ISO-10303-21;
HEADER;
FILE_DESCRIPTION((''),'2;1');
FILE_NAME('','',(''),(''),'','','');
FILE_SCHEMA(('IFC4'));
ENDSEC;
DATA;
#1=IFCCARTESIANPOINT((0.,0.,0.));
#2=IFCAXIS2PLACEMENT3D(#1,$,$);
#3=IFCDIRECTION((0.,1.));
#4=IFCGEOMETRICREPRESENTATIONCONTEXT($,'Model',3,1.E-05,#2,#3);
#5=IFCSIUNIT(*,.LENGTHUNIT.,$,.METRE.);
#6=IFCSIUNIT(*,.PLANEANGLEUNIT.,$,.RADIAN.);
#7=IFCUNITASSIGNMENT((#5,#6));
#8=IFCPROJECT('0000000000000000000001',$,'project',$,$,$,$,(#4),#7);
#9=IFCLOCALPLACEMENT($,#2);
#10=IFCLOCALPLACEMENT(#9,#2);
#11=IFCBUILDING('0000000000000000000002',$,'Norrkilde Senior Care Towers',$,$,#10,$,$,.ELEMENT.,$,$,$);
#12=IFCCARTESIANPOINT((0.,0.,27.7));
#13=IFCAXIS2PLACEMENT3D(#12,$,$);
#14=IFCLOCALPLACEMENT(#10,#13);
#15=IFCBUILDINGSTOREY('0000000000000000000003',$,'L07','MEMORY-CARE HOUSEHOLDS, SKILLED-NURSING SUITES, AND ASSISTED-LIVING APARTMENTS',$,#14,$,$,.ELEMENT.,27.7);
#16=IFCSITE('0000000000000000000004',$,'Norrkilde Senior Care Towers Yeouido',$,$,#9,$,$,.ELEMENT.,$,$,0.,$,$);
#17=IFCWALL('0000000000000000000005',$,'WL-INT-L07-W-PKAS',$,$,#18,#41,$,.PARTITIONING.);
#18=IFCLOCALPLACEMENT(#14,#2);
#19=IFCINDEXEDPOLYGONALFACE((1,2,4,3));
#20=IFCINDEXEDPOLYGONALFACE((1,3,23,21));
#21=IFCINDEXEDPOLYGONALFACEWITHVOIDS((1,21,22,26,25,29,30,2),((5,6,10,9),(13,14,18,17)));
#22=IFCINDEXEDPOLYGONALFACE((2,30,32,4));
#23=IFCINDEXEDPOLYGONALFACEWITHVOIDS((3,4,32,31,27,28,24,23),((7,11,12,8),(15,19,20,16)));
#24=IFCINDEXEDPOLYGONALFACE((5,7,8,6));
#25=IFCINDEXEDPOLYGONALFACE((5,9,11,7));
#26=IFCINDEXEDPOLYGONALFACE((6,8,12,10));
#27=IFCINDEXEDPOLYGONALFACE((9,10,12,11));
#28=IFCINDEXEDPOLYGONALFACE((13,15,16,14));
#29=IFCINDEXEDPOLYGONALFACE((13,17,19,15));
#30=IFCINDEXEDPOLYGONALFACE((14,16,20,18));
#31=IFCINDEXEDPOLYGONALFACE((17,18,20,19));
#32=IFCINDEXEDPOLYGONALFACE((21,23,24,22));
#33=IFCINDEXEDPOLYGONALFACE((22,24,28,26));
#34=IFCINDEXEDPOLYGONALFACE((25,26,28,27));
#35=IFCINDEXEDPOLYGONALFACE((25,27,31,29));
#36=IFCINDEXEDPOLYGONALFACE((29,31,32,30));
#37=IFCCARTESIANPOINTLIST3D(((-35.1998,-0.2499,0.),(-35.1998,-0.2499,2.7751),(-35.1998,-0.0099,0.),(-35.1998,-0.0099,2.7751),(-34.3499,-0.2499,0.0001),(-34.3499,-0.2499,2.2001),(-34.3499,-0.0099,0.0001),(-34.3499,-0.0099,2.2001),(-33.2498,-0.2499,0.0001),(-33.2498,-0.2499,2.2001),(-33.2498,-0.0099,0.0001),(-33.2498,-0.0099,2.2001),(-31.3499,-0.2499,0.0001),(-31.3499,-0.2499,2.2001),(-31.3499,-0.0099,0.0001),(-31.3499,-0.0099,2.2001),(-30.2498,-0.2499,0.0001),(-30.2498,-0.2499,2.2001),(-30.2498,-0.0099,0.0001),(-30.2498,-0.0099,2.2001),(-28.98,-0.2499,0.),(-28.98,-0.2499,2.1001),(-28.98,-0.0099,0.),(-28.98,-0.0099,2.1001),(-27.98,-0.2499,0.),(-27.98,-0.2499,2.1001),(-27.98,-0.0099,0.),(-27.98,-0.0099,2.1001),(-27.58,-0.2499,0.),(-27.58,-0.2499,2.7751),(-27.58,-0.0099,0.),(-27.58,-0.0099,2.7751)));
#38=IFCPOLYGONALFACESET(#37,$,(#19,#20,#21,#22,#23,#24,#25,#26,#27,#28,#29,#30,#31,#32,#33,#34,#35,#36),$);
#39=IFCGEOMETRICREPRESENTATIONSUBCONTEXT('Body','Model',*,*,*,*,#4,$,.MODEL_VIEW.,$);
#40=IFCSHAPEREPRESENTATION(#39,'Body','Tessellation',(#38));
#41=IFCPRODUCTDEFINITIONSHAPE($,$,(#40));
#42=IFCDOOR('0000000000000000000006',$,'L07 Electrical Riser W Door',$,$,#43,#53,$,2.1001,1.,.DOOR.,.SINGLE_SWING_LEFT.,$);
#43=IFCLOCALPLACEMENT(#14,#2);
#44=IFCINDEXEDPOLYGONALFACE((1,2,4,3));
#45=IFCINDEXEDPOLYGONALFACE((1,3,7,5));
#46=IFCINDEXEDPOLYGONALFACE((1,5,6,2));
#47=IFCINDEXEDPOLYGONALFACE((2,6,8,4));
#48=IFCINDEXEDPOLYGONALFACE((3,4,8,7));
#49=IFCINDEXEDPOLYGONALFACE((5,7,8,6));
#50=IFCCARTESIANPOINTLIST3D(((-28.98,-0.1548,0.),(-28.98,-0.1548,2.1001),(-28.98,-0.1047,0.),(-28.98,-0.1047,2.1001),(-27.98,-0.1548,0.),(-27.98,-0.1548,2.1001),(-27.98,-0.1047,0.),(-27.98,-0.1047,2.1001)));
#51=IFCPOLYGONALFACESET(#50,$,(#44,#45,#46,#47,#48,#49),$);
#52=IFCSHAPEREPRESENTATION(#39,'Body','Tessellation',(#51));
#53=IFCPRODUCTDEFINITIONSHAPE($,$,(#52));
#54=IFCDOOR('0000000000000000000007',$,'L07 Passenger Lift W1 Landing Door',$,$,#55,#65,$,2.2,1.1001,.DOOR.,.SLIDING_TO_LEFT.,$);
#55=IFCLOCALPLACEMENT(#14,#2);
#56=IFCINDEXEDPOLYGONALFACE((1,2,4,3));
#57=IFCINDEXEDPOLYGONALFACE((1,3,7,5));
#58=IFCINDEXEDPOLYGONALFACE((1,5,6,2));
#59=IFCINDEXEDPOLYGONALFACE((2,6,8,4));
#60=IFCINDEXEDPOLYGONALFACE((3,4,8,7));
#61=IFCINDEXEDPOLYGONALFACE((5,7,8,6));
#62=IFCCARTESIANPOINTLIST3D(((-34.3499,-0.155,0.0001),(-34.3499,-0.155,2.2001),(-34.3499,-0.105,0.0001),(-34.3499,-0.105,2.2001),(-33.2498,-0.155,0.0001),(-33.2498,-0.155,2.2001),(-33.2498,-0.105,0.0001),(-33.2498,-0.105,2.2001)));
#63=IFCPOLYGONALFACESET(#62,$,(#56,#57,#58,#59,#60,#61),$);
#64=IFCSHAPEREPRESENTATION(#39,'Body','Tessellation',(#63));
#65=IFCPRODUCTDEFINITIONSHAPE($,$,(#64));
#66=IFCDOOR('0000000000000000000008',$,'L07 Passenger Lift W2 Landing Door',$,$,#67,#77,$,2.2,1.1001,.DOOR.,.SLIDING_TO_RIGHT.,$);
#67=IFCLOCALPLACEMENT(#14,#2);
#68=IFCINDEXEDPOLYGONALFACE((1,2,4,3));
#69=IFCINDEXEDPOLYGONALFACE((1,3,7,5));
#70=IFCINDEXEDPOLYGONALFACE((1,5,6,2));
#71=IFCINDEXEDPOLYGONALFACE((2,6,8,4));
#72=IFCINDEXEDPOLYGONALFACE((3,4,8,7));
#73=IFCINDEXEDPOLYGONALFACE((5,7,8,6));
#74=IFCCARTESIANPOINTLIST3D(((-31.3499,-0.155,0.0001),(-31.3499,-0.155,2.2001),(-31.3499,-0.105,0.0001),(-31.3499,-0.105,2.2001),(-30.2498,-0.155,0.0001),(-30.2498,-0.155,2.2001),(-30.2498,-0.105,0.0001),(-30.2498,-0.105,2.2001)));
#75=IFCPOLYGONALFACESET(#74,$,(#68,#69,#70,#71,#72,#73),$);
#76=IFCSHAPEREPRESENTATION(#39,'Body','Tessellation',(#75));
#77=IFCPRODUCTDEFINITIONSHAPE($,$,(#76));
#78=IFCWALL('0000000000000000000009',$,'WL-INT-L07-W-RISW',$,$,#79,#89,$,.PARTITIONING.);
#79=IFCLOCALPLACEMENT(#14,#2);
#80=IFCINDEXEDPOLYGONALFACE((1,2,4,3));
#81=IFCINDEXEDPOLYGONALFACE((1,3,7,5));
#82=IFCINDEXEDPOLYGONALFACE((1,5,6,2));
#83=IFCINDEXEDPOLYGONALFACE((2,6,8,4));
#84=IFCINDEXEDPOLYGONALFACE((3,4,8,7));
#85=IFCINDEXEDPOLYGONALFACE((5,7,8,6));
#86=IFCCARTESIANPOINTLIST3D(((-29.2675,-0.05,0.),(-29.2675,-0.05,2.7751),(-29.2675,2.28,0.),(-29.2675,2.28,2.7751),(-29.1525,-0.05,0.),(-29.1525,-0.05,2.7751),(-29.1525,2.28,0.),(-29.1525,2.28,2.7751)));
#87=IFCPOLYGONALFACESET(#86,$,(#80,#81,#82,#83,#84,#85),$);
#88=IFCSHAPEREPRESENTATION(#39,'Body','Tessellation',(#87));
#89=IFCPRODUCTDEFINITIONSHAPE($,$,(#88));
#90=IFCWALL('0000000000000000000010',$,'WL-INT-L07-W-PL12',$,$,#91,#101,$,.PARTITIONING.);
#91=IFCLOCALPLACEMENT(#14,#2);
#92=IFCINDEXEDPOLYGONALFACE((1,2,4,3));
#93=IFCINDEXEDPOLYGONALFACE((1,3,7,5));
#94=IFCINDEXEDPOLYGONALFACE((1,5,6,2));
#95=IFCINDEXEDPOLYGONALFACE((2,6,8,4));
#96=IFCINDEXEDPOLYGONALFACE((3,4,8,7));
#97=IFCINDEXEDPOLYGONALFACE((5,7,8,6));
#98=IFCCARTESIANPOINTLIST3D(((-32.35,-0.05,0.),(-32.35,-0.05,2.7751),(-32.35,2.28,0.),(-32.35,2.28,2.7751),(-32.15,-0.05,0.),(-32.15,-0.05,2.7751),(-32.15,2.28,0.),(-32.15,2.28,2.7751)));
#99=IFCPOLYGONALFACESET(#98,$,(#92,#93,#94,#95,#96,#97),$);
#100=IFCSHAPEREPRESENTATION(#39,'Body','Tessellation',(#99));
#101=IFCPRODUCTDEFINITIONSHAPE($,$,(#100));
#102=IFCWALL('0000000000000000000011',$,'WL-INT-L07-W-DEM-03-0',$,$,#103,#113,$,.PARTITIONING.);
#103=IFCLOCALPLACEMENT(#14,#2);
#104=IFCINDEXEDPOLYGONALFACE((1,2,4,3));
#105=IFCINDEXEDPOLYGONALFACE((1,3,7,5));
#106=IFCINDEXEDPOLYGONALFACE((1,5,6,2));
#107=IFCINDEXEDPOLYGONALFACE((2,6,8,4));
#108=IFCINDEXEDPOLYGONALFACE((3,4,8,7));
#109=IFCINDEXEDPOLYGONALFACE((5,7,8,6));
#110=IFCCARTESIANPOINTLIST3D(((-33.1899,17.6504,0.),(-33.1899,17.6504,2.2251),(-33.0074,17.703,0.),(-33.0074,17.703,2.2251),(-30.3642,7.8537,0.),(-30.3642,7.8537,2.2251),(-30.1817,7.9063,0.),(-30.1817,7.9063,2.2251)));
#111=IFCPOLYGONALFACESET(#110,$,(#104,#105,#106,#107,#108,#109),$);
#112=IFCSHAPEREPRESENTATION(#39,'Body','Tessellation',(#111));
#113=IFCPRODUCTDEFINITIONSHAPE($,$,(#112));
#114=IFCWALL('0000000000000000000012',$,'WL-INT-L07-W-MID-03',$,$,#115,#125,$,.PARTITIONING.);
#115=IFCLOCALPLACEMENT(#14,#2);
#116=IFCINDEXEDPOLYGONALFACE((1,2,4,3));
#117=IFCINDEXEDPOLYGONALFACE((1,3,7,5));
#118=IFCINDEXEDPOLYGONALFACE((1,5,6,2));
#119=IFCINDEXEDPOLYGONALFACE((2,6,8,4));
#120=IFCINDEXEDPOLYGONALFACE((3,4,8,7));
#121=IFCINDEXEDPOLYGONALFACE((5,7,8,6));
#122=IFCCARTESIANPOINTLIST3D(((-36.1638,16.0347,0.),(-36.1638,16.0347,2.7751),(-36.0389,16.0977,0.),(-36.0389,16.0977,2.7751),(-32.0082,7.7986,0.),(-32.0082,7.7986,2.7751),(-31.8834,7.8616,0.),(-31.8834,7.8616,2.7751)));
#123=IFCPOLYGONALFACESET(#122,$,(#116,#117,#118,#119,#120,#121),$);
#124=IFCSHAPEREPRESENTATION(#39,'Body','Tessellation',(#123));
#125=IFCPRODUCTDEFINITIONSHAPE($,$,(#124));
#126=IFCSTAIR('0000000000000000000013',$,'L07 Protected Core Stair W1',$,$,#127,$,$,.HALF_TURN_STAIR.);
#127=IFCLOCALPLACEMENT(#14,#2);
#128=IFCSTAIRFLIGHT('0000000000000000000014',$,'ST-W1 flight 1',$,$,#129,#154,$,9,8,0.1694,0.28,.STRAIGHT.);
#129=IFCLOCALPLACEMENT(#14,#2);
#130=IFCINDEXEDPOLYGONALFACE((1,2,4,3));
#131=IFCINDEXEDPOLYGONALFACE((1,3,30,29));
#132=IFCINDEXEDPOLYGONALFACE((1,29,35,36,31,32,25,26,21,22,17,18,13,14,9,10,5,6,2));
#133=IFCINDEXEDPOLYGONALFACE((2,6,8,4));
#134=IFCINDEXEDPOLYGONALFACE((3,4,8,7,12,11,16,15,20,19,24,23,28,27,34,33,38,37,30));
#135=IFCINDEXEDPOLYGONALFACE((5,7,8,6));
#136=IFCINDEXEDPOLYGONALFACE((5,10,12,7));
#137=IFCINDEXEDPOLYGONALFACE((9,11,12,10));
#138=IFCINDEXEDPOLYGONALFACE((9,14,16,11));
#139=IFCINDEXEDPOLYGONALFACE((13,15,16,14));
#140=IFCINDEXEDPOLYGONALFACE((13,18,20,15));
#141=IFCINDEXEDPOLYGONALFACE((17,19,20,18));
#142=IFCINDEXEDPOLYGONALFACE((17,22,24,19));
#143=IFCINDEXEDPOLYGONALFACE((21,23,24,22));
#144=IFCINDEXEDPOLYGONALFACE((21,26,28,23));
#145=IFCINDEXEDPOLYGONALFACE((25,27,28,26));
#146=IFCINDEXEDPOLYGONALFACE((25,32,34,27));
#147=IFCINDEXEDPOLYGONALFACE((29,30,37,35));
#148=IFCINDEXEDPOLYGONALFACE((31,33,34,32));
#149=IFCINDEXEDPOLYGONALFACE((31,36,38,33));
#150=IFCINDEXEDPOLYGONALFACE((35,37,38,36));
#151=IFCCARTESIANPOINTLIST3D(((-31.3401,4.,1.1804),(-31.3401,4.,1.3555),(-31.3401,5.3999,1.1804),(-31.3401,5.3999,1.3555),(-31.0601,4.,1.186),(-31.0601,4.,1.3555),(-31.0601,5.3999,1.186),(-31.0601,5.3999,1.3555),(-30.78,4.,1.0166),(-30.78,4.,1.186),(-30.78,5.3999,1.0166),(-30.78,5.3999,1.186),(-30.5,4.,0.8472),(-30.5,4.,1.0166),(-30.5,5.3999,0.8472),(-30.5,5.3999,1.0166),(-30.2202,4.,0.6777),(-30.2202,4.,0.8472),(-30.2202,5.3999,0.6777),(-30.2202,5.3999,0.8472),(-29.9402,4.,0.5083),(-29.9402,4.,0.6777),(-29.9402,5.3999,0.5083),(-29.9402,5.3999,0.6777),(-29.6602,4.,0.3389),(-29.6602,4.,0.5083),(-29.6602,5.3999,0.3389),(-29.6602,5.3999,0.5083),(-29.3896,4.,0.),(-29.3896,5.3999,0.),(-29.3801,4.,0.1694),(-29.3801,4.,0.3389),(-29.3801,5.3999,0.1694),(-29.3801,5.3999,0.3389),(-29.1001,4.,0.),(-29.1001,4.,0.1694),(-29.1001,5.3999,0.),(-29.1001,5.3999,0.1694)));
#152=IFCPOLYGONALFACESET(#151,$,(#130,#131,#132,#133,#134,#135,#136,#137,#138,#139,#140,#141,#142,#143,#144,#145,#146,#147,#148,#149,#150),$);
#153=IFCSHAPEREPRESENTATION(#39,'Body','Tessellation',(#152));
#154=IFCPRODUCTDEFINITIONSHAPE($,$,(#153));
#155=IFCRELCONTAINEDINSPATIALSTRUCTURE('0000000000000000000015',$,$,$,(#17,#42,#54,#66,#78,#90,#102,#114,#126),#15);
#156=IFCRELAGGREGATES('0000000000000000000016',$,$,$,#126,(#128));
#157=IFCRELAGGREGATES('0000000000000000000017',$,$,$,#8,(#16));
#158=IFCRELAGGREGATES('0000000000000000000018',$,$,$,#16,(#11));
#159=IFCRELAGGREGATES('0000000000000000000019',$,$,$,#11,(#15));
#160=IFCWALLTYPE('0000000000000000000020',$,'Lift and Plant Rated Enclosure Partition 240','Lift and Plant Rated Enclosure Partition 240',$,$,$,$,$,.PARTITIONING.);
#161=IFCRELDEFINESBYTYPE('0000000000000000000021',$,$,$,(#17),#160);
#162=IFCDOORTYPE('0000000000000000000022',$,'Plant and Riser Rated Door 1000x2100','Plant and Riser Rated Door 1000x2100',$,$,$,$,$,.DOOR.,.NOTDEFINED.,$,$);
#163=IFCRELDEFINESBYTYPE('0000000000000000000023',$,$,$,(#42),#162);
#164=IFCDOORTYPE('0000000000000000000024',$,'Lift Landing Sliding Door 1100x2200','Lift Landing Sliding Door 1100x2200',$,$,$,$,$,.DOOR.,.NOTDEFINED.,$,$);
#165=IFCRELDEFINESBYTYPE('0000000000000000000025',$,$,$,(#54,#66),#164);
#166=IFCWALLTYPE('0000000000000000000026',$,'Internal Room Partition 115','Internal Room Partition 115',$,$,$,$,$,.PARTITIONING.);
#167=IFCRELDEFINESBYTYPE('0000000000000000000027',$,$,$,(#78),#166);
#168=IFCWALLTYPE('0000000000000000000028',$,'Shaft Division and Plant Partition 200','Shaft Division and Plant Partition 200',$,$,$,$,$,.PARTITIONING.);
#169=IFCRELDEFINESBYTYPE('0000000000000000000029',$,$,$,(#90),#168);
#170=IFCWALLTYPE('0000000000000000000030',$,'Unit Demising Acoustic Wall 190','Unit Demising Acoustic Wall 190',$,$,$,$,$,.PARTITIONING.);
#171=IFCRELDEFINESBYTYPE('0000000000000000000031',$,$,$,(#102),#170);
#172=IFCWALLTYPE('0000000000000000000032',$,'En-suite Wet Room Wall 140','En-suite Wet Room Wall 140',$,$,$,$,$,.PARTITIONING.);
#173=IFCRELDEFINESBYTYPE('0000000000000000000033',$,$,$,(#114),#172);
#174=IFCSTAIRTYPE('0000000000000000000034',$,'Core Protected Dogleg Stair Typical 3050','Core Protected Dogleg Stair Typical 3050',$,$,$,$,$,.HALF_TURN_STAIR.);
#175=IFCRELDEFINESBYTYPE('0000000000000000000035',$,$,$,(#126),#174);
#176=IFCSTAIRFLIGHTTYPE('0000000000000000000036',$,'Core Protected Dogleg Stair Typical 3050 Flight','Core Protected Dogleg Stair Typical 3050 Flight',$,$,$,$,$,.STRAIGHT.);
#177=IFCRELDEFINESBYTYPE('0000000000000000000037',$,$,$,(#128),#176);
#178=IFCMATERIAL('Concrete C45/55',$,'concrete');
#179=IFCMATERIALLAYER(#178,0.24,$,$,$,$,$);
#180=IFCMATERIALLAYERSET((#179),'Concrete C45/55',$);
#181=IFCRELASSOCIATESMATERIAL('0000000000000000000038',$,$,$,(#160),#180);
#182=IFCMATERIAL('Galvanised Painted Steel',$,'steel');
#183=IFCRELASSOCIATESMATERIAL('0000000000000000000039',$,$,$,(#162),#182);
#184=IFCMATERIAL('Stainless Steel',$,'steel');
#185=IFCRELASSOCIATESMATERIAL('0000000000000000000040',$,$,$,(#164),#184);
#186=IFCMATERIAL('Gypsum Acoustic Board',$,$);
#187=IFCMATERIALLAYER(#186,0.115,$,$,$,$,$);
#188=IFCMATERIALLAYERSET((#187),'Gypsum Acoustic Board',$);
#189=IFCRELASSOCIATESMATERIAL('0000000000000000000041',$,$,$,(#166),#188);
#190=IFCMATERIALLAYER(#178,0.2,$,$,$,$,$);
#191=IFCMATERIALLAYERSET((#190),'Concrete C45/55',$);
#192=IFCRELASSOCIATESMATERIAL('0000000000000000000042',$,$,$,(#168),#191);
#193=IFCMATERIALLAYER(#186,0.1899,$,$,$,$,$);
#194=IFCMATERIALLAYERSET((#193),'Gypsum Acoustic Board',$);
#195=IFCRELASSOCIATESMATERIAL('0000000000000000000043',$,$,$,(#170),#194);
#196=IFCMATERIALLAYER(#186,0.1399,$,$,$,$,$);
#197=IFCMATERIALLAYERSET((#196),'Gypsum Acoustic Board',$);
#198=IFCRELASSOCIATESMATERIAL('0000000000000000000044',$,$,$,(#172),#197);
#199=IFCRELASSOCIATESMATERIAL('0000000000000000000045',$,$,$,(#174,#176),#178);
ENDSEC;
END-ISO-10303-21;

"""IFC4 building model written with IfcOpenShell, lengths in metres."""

from ifc_helpers import new_model, si_unit, direction, frame, frame_2d, origin, place, context, subcontext, project, spatial, polyline, rectangle, outline, extrude, source, transform, mapped, material, layer, layer_set, type_object, type_shapes, element, fill, aggregate, save


model = new_model("IFC4")

# Units and contexts
model_context = context("Model", 3, precision=1e-05, world=origin(), true_north=direction((0.0, 1.0)))
body_context = subcontext(model_context, "Body", "Model", "MODEL_VIEW")
ifc_project = project(units=[si_unit("LENGTHUNIT", "METRE"), si_unit("PLANEANGLEUNIT", "RADIAN")], contexts=[model_context])

# Site, building, storey
site_placement = place(None, origin())
site = spatial("IfcSite", under=ifc_project, at=site_placement, Name="Norrkilde Senior Care Towers Yeouido", CompositionType="ELEMENT", RefElevation=0.0)
building_placement = place(site_placement, origin())
building = spatial("IfcBuilding", under=site, at=building_placement, Name="Norrkilde Senior Care Towers", CompositionType="ELEMENT")
storey_placement = place(building_placement, frame((0.0, 0.0, 27.7)))
storey = spatial("IfcBuildingStorey", under=building, at=storey_placement, Name="L07", Description="MEMORY-CARE HOUSEHOLDS, SKILLED-NURSING SUITES, AND ASSISTED-LIVING APARTMENTS", CompositionType="ELEMENT", Elevation=27.7)

# Shared definitions
ifc_material_1 = material(Name="Concrete C45/55", Category="concrete")

# Wall, openings, doors
ifc_layer_1 = layer(ifc_material_1, 0.24)
ifc_layer_set_1 = layer_set([ifc_layer_1], Name="Concrete C45/55")
wall_type_1 = type_object("IfcWallType", Name="Lift and Plant Rated Enclosure Partition 240", Description="Lift and Plant Rated Enclosure Partition 240", PredefinedType="PARTITIONING", material=ifc_layer_set_1)
shared_shape_1 = source(origin(), body_context, "Body", "SweptSolid", [
    extrude(rectangle(XDim=7.6199, YDim=0.24, at=frame_2d((3.8101, 0.0))), origin(), (0.0, 0.0, 1.0), 2.7751),
])
type_shapes(wall_type_1, [shared_shape_1])
wall_1_placement = place(storey_placement, frame((-35.2, -0.1299, 0.0), z_axis=(0.0, 0.0, 1.0), x_axis=(1.0, 0.0, 0.0)))
wall_1 = element("IfcWall", 1, at=wall_1_placement, inside=storey, type_object=wall_type_1, Name="WL-INT-L07-W-PKAS", PredefinedType="PARTITIONING", context=body_context, shape_type="MappedRepresentation", body=[
    mapped(shared_shape_1, transform((0.0, 0.0, 0.0), x_axis=(1.0, 0.0, 0.0), y_axis=(0.0, 1.0, 0.0), z_axis=(0.0, 0.0, 1.0), scale=1.0)),
])
opening_1_placement = place(wall_1_placement, frame((6.22, 0.0, 0.0)))
opening_1 = element("IfcOpeningElement", 2, at=opening_1_placement, cuts=wall_1, PredefinedType="OPENING", context=body_context, shape_type="SweptSolid", body=[
    extrude(rectangle(XDim=1.0, YDim=2.1001, at=frame_2d((0.5, 1.05))), frame((0.0, 0.1299, 0.0), z_axis=(0.0, -1.0, 0.0), x_axis=(1.0, 0.0, 0.0)), (0.0, 0.0, 1.0), 0.26),
])
opening_2_placement = place(wall_1_placement, frame((0.8501, 0.0, 0.0)))
opening_2 = element("IfcOpeningElement", 3, at=opening_2_placement, cuts=wall_1, PredefinedType="OPENING", context=body_context, shape_type="SweptSolid", body=[
    extrude(rectangle(XDim=1.1001, YDim=2.2, at=frame_2d((0.55, 1.1001))), frame((0.0, 0.1299, 0.0), z_axis=(0.0, -1.0, 0.0), x_axis=(1.0, 0.0, 0.0)), (0.0, 0.0, 1.0), 0.26),
])
opening_3_placement = place(wall_1_placement, frame((3.8501, 0.0, 0.0)))
opening_3 = element("IfcOpeningElement", 4, at=opening_3_placement, cuts=wall_1, PredefinedType="OPENING", context=body_context, shape_type="SweptSolid", body=[
    extrude(rectangle(XDim=1.1001, YDim=2.2, at=frame_2d((0.55, 1.1001))), frame((0.0, 0.1299, 0.0), z_axis=(0.0, -1.0, 0.0), x_axis=(1.0, 0.0, 0.0)), (0.0, 0.0, 1.0), 0.26),
])
ifc_material_2 = material(Name="Galvanised Painted Steel", Category="steel")
door_type_1 = type_object("IfcDoorType", Name="Plant and Riser Rated Door 1000x2100", Description="Plant and Riser Rated Door 1000x2100", OperationType="NOTDEFINED", PredefinedType="DOOR", material=ifc_material_2)
shared_shape_2 = source(origin(), body_context, "Body", "SweptSolid", [
    extrude(rectangle(XDim=1.0, YDim=2.1001, at=frame_2d((0.5, 1.05))), frame((0.0, 0.0249, 0.0), z_axis=(0.0, -1.0, 0.0), x_axis=(1.0, 0.0, 0.0)), (0.0, 0.0, 1.0), 0.05),
])
type_shapes(door_type_1, [shared_shape_2])
door_1_placement = place(opening_1_placement, frame((1.0, 0.0, 0.0), z_axis=(0.0, 0.0, 1.0), x_axis=(-1.0, 0.0, 0.0)))
door_1 = element("IfcDoor", 5, at=door_1_placement, inside=storey, type_object=door_type_1, Name="L07 Electrical Riser W Door", OperationType="SINGLE_SWING_LEFT", OverallHeight=2.1001, OverallWidth=1.0, PredefinedType="DOOR", context=body_context, shape_type="MappedRepresentation", body=[
    mapped(shared_shape_2, transform((0.0, 0.0, 0.0), x_axis=(1.0, 0.0, 0.0), y_axis=(0.0, 1.0, 0.0), z_axis=(0.0, 0.0, 1.0), scale=1.0)),
])
fill(opening_1, door_1)
ifc_material_3 = material(Name="Stainless Steel", Category="steel")
door_type_2 = type_object("IfcDoorType", Name="Lift Landing Sliding Door 1100x2200", Description="Lift Landing Sliding Door 1100x2200", OperationType="NOTDEFINED", PredefinedType="DOOR", material=ifc_material_3)
shared_shape_3 = source(origin(), body_context, "Body", "SweptSolid", [
    extrude(rectangle(XDim=1.1001, YDim=2.2, at=frame_2d((0.55, 1.1001))), frame((0.0, 0.0249, 0.0), z_axis=(0.0, -1.0, 0.0), x_axis=(1.0, 0.0, 0.0)), (0.0, 0.0, 1.0), 0.05),
])
type_shapes(door_type_2, [shared_shape_3])
door_2_placement = place(opening_2_placement, origin())
door_2 = element("IfcDoor", 6, at=door_2_placement, inside=storey, type_object=door_type_2, Name="L07 Passenger Lift W1 Landing Door", OperationType="SLIDING_TO_LEFT", OverallHeight=2.2, OverallWidth=1.1001, PredefinedType="DOOR", context=body_context, shape_type="MappedRepresentation", body=[
    mapped(shared_shape_3, transform((0.0, 0.0, 0.0), x_axis=(1.0, 0.0, 0.0), y_axis=(0.0, 1.0, 0.0), z_axis=(0.0, 0.0, 1.0), scale=1.0)),
])
fill(opening_2, door_2)
door_3_placement = place(opening_3_placement, origin())
door_3 = element("IfcDoor", 7, at=door_3_placement, inside=storey, type_object=door_type_2, Name="L07 Passenger Lift W2 Landing Door", OperationType="SLIDING_TO_RIGHT", OverallHeight=2.2, OverallWidth=1.1001, PredefinedType="DOOR", context=body_context, shape_type="MappedRepresentation", body=[
    mapped(shared_shape_3, transform((0.0, 0.0, 0.0), x_axis=(1.0, 0.0, 0.0), y_axis=(0.0, 1.0, 0.0), z_axis=(0.0, 0.0, 1.0), scale=1.0)),
])
fill(opening_3, door_3)

# Walls
ifc_material_4 = material(Name="Gypsum Acoustic Board")
ifc_layer_2 = layer(ifc_material_4, 0.115)
ifc_layer_set_2 = layer_set([ifc_layer_2], Name="Gypsum Acoustic Board")
wall_type_2 = type_object("IfcWallType", Name="Internal Room Partition 115", Description="Internal Room Partition 115", PredefinedType="PARTITIONING", material=ifc_layer_set_2)
shared_shape_4 = source(origin(), body_context, "Body", "SweptSolid", [
    extrude(rectangle(XDim=2.3301, YDim=0.115, at=frame_2d((1.165, 0.0))), origin(), (0.0, 0.0, 1.0), 2.7751),
])
type_shapes(wall_type_2, [shared_shape_4])
wall_2_placement = place(storey_placement, frame((-29.21, -0.05, 0.0), z_axis=(0.0, 0.0, 1.0), x_axis=(0.0, 1.0, 0.0)))
element("IfcWall", 8, at=wall_2_placement, inside=storey, type_object=wall_type_2, Name="WL-INT-L07-W-RISW", PredefinedType="PARTITIONING", context=body_context, shape_type="MappedRepresentation", body=[
    mapped(shared_shape_4, transform((0.0, 0.0, 0.0), x_axis=(1.0, 0.0, 0.0), y_axis=(0.0, 1.0, 0.0), z_axis=(0.0, 0.0, 1.0), scale=1.0)),
])
ifc_layer_3 = layer(ifc_material_1, 0.2)
ifc_layer_set_3 = layer_set([ifc_layer_3], Name="Concrete C45/55")
wall_type_3 = type_object("IfcWallType", Name="Shaft Division and Plant Partition 200", Description="Shaft Division and Plant Partition 200", PredefinedType="PARTITIONING", material=ifc_layer_set_3)
shared_shape_5 = source(origin(), body_context, "Body", "SweptSolid", [
    extrude(rectangle(XDim=2.3301, YDim=0.2, at=frame_2d((1.165, 0.0))), origin(), (0.0, 0.0, 1.0), 2.7751),
])
type_shapes(wall_type_3, [shared_shape_5])
wall_3_placement = place(storey_placement, frame((-32.25, -0.05, 0.0), z_axis=(0.0, 0.0, 1.0), x_axis=(0.0, 1.0, 0.0)))
element("IfcWall", 9, at=wall_3_placement, inside=storey, type_object=wall_type_3, Name="WL-INT-L07-W-PL12", PredefinedType="PARTITIONING", context=body_context, shape_type="MappedRepresentation", body=[
    mapped(shared_shape_5, transform((0.0, 0.0, 0.0), x_axis=(1.0, 0.0, 0.0), y_axis=(0.0, 1.0, 0.0), z_axis=(0.0, 0.0, 1.0), scale=1.0)),
])
ifc_layer_4 = layer(ifc_material_4, 0.1899)
ifc_layer_set_4 = layer_set([ifc_layer_4], Name="Gypsum Acoustic Board")
wall_type_4 = type_object("IfcWallType", Name="Unit Demising Acoustic Wall 190", Description="Unit Demising Acoustic Wall 190", PredefinedType="PARTITIONING", material=ifc_layer_set_4)
shared_shape_6 = source(origin(), body_context, "Body", "SweptSolid", [
    extrude(rectangle(XDim=10.196, YDim=0.1899, at=frame_2d((5.0981, 0.0))), origin(), (0.0, 0.0, 1.0), 2.2251),
])
type_shapes(wall_type_4, [shared_shape_6])
wall_4_placement = place(storey_placement, frame((-30.2729, 7.8799, 0.0), z_axis=(0.0, 0.0, 1.0), x_axis=(-0.277136, 0.960831, 0.0)))
element("IfcWall", 10, at=wall_4_placement, inside=storey, type_object=wall_type_4, Name="WL-INT-L07-W-DEM-03-0", PredefinedType="PARTITIONING", context=body_context, shape_type="MappedRepresentation", body=[
    mapped(shared_shape_6, transform((0.0, 0.0, 0.0), x_axis=(1.0, 0.0, 0.0), y_axis=(0.0, 1.0, 0.0), z_axis=(0.0, 0.0, 1.0), scale=1.0)),
])
ifc_layer_5 = layer(ifc_material_4, 0.1399)
ifc_layer_set_5 = layer_set([ifc_layer_5], Name="Gypsum Acoustic Board")
wall_type_5 = type_object("IfcWallType", Name="En-suite Wet Room Wall 140", Description="En-suite Wet Room Wall 140", PredefinedType="PARTITIONING", material=ifc_layer_set_5)
shared_shape_7 = source(origin(), body_context, "Body", "SweptSolid", [
    extrude(rectangle(XDim=9.2251, YDim=0.1399, at=frame_2d((4.6125, 0.0))), origin(), (0.0, 0.0, 1.0), 2.7751),
])
type_shapes(wall_type_5, [shared_shape_7])
wall_5_placement = place(storey_placement, frame((-31.9458, 7.8301, 0.0), z_axis=(0.0, 0.0, 1.0), x_axis=(-0.450461, 0.892796, 0.0)))
element("IfcWall", 11, at=wall_5_placement, inside=storey, type_object=wall_type_5, Name="WL-INT-L07-W-MID-03", PredefinedType="PARTITIONING", context=body_context, shape_type="MappedRepresentation", body=[
    mapped(shared_shape_7, transform((0.0, 0.0, 0.0), x_axis=(1.0, 0.0, 0.0), y_axis=(0.0, 1.0, 0.0), z_axis=(0.0, 0.0, 1.0), scale=1.0)),
])

# Stair, stair flight
stair_type = type_object("IfcStairType", Name="Core Protected Dogleg Stair Typical 3050", Description="Core Protected Dogleg Stair Typical 3050", PredefinedType="HALF_TURN_STAIR", material=ifc_material_1)
stair_placement = place(storey_placement, origin())
stair = element("IfcStair", 12, at=stair_placement, inside=storey, type_object=stair_type, Name="L07 Protected Core Stair W1", PredefinedType="HALF_TURN_STAIR")
stair_flight_type = type_object("IfcStairFlightType", Name="Core Protected Dogleg Stair Typical 3050 Flight", Description="Core Protected Dogleg Stair Typical 3050 Flight", PredefinedType="STRAIGHT", material=ifc_material_1)
stair_flight_1_placement = place(storey_placement, frame((-29.1001, 4.7, 0.0), z_axis=(0.0, 0.0, 1.0), x_axis=(-1.0, 0.0, 0.0)))
stair_flight_1 = element("IfcStairFlight", 13, at=stair_flight_1_placement, type_object=stair_flight_type, Name="ST-W1 flight 1", NumberOfRisers=9, NumberOfTreads=8, PredefinedType="STRAIGHT", RiserHeight=0.1694, TreadLength=0.28, context=body_context, shape_type="SweptSolid", body=[
    extrude(outline(polyline([(0.0, 0.0), (0.0, 0.1694), (0.28, 0.1694), (0.28, 0.3389), (0.5601, 0.3389), (0.5601, 0.5083), (0.8401, 0.5083), (0.8401, 0.6777), (1.1201, 0.6777), (1.1201, 0.8472), (1.3999, 0.8472), (1.3999, 1.0166), (1.6799, 1.0166), (1.6799, 1.186), (1.96, 1.186), (1.96, 1.3555), (2.24, 1.3555), (2.24, 1.5249), (2.24, 1.1804), (0.2896, 0.0), (0.0, 0.0)])), frame((0.0, 0.7, 0.0), z_axis=(0.0, -1.0, 0.0), x_axis=(1.0, 0.0, 0.0)), (0.0, 0.0, 1.0), 1.3999),
])
aggregate(stair, [stair_flight_1])

save(model, "model.ifc")
